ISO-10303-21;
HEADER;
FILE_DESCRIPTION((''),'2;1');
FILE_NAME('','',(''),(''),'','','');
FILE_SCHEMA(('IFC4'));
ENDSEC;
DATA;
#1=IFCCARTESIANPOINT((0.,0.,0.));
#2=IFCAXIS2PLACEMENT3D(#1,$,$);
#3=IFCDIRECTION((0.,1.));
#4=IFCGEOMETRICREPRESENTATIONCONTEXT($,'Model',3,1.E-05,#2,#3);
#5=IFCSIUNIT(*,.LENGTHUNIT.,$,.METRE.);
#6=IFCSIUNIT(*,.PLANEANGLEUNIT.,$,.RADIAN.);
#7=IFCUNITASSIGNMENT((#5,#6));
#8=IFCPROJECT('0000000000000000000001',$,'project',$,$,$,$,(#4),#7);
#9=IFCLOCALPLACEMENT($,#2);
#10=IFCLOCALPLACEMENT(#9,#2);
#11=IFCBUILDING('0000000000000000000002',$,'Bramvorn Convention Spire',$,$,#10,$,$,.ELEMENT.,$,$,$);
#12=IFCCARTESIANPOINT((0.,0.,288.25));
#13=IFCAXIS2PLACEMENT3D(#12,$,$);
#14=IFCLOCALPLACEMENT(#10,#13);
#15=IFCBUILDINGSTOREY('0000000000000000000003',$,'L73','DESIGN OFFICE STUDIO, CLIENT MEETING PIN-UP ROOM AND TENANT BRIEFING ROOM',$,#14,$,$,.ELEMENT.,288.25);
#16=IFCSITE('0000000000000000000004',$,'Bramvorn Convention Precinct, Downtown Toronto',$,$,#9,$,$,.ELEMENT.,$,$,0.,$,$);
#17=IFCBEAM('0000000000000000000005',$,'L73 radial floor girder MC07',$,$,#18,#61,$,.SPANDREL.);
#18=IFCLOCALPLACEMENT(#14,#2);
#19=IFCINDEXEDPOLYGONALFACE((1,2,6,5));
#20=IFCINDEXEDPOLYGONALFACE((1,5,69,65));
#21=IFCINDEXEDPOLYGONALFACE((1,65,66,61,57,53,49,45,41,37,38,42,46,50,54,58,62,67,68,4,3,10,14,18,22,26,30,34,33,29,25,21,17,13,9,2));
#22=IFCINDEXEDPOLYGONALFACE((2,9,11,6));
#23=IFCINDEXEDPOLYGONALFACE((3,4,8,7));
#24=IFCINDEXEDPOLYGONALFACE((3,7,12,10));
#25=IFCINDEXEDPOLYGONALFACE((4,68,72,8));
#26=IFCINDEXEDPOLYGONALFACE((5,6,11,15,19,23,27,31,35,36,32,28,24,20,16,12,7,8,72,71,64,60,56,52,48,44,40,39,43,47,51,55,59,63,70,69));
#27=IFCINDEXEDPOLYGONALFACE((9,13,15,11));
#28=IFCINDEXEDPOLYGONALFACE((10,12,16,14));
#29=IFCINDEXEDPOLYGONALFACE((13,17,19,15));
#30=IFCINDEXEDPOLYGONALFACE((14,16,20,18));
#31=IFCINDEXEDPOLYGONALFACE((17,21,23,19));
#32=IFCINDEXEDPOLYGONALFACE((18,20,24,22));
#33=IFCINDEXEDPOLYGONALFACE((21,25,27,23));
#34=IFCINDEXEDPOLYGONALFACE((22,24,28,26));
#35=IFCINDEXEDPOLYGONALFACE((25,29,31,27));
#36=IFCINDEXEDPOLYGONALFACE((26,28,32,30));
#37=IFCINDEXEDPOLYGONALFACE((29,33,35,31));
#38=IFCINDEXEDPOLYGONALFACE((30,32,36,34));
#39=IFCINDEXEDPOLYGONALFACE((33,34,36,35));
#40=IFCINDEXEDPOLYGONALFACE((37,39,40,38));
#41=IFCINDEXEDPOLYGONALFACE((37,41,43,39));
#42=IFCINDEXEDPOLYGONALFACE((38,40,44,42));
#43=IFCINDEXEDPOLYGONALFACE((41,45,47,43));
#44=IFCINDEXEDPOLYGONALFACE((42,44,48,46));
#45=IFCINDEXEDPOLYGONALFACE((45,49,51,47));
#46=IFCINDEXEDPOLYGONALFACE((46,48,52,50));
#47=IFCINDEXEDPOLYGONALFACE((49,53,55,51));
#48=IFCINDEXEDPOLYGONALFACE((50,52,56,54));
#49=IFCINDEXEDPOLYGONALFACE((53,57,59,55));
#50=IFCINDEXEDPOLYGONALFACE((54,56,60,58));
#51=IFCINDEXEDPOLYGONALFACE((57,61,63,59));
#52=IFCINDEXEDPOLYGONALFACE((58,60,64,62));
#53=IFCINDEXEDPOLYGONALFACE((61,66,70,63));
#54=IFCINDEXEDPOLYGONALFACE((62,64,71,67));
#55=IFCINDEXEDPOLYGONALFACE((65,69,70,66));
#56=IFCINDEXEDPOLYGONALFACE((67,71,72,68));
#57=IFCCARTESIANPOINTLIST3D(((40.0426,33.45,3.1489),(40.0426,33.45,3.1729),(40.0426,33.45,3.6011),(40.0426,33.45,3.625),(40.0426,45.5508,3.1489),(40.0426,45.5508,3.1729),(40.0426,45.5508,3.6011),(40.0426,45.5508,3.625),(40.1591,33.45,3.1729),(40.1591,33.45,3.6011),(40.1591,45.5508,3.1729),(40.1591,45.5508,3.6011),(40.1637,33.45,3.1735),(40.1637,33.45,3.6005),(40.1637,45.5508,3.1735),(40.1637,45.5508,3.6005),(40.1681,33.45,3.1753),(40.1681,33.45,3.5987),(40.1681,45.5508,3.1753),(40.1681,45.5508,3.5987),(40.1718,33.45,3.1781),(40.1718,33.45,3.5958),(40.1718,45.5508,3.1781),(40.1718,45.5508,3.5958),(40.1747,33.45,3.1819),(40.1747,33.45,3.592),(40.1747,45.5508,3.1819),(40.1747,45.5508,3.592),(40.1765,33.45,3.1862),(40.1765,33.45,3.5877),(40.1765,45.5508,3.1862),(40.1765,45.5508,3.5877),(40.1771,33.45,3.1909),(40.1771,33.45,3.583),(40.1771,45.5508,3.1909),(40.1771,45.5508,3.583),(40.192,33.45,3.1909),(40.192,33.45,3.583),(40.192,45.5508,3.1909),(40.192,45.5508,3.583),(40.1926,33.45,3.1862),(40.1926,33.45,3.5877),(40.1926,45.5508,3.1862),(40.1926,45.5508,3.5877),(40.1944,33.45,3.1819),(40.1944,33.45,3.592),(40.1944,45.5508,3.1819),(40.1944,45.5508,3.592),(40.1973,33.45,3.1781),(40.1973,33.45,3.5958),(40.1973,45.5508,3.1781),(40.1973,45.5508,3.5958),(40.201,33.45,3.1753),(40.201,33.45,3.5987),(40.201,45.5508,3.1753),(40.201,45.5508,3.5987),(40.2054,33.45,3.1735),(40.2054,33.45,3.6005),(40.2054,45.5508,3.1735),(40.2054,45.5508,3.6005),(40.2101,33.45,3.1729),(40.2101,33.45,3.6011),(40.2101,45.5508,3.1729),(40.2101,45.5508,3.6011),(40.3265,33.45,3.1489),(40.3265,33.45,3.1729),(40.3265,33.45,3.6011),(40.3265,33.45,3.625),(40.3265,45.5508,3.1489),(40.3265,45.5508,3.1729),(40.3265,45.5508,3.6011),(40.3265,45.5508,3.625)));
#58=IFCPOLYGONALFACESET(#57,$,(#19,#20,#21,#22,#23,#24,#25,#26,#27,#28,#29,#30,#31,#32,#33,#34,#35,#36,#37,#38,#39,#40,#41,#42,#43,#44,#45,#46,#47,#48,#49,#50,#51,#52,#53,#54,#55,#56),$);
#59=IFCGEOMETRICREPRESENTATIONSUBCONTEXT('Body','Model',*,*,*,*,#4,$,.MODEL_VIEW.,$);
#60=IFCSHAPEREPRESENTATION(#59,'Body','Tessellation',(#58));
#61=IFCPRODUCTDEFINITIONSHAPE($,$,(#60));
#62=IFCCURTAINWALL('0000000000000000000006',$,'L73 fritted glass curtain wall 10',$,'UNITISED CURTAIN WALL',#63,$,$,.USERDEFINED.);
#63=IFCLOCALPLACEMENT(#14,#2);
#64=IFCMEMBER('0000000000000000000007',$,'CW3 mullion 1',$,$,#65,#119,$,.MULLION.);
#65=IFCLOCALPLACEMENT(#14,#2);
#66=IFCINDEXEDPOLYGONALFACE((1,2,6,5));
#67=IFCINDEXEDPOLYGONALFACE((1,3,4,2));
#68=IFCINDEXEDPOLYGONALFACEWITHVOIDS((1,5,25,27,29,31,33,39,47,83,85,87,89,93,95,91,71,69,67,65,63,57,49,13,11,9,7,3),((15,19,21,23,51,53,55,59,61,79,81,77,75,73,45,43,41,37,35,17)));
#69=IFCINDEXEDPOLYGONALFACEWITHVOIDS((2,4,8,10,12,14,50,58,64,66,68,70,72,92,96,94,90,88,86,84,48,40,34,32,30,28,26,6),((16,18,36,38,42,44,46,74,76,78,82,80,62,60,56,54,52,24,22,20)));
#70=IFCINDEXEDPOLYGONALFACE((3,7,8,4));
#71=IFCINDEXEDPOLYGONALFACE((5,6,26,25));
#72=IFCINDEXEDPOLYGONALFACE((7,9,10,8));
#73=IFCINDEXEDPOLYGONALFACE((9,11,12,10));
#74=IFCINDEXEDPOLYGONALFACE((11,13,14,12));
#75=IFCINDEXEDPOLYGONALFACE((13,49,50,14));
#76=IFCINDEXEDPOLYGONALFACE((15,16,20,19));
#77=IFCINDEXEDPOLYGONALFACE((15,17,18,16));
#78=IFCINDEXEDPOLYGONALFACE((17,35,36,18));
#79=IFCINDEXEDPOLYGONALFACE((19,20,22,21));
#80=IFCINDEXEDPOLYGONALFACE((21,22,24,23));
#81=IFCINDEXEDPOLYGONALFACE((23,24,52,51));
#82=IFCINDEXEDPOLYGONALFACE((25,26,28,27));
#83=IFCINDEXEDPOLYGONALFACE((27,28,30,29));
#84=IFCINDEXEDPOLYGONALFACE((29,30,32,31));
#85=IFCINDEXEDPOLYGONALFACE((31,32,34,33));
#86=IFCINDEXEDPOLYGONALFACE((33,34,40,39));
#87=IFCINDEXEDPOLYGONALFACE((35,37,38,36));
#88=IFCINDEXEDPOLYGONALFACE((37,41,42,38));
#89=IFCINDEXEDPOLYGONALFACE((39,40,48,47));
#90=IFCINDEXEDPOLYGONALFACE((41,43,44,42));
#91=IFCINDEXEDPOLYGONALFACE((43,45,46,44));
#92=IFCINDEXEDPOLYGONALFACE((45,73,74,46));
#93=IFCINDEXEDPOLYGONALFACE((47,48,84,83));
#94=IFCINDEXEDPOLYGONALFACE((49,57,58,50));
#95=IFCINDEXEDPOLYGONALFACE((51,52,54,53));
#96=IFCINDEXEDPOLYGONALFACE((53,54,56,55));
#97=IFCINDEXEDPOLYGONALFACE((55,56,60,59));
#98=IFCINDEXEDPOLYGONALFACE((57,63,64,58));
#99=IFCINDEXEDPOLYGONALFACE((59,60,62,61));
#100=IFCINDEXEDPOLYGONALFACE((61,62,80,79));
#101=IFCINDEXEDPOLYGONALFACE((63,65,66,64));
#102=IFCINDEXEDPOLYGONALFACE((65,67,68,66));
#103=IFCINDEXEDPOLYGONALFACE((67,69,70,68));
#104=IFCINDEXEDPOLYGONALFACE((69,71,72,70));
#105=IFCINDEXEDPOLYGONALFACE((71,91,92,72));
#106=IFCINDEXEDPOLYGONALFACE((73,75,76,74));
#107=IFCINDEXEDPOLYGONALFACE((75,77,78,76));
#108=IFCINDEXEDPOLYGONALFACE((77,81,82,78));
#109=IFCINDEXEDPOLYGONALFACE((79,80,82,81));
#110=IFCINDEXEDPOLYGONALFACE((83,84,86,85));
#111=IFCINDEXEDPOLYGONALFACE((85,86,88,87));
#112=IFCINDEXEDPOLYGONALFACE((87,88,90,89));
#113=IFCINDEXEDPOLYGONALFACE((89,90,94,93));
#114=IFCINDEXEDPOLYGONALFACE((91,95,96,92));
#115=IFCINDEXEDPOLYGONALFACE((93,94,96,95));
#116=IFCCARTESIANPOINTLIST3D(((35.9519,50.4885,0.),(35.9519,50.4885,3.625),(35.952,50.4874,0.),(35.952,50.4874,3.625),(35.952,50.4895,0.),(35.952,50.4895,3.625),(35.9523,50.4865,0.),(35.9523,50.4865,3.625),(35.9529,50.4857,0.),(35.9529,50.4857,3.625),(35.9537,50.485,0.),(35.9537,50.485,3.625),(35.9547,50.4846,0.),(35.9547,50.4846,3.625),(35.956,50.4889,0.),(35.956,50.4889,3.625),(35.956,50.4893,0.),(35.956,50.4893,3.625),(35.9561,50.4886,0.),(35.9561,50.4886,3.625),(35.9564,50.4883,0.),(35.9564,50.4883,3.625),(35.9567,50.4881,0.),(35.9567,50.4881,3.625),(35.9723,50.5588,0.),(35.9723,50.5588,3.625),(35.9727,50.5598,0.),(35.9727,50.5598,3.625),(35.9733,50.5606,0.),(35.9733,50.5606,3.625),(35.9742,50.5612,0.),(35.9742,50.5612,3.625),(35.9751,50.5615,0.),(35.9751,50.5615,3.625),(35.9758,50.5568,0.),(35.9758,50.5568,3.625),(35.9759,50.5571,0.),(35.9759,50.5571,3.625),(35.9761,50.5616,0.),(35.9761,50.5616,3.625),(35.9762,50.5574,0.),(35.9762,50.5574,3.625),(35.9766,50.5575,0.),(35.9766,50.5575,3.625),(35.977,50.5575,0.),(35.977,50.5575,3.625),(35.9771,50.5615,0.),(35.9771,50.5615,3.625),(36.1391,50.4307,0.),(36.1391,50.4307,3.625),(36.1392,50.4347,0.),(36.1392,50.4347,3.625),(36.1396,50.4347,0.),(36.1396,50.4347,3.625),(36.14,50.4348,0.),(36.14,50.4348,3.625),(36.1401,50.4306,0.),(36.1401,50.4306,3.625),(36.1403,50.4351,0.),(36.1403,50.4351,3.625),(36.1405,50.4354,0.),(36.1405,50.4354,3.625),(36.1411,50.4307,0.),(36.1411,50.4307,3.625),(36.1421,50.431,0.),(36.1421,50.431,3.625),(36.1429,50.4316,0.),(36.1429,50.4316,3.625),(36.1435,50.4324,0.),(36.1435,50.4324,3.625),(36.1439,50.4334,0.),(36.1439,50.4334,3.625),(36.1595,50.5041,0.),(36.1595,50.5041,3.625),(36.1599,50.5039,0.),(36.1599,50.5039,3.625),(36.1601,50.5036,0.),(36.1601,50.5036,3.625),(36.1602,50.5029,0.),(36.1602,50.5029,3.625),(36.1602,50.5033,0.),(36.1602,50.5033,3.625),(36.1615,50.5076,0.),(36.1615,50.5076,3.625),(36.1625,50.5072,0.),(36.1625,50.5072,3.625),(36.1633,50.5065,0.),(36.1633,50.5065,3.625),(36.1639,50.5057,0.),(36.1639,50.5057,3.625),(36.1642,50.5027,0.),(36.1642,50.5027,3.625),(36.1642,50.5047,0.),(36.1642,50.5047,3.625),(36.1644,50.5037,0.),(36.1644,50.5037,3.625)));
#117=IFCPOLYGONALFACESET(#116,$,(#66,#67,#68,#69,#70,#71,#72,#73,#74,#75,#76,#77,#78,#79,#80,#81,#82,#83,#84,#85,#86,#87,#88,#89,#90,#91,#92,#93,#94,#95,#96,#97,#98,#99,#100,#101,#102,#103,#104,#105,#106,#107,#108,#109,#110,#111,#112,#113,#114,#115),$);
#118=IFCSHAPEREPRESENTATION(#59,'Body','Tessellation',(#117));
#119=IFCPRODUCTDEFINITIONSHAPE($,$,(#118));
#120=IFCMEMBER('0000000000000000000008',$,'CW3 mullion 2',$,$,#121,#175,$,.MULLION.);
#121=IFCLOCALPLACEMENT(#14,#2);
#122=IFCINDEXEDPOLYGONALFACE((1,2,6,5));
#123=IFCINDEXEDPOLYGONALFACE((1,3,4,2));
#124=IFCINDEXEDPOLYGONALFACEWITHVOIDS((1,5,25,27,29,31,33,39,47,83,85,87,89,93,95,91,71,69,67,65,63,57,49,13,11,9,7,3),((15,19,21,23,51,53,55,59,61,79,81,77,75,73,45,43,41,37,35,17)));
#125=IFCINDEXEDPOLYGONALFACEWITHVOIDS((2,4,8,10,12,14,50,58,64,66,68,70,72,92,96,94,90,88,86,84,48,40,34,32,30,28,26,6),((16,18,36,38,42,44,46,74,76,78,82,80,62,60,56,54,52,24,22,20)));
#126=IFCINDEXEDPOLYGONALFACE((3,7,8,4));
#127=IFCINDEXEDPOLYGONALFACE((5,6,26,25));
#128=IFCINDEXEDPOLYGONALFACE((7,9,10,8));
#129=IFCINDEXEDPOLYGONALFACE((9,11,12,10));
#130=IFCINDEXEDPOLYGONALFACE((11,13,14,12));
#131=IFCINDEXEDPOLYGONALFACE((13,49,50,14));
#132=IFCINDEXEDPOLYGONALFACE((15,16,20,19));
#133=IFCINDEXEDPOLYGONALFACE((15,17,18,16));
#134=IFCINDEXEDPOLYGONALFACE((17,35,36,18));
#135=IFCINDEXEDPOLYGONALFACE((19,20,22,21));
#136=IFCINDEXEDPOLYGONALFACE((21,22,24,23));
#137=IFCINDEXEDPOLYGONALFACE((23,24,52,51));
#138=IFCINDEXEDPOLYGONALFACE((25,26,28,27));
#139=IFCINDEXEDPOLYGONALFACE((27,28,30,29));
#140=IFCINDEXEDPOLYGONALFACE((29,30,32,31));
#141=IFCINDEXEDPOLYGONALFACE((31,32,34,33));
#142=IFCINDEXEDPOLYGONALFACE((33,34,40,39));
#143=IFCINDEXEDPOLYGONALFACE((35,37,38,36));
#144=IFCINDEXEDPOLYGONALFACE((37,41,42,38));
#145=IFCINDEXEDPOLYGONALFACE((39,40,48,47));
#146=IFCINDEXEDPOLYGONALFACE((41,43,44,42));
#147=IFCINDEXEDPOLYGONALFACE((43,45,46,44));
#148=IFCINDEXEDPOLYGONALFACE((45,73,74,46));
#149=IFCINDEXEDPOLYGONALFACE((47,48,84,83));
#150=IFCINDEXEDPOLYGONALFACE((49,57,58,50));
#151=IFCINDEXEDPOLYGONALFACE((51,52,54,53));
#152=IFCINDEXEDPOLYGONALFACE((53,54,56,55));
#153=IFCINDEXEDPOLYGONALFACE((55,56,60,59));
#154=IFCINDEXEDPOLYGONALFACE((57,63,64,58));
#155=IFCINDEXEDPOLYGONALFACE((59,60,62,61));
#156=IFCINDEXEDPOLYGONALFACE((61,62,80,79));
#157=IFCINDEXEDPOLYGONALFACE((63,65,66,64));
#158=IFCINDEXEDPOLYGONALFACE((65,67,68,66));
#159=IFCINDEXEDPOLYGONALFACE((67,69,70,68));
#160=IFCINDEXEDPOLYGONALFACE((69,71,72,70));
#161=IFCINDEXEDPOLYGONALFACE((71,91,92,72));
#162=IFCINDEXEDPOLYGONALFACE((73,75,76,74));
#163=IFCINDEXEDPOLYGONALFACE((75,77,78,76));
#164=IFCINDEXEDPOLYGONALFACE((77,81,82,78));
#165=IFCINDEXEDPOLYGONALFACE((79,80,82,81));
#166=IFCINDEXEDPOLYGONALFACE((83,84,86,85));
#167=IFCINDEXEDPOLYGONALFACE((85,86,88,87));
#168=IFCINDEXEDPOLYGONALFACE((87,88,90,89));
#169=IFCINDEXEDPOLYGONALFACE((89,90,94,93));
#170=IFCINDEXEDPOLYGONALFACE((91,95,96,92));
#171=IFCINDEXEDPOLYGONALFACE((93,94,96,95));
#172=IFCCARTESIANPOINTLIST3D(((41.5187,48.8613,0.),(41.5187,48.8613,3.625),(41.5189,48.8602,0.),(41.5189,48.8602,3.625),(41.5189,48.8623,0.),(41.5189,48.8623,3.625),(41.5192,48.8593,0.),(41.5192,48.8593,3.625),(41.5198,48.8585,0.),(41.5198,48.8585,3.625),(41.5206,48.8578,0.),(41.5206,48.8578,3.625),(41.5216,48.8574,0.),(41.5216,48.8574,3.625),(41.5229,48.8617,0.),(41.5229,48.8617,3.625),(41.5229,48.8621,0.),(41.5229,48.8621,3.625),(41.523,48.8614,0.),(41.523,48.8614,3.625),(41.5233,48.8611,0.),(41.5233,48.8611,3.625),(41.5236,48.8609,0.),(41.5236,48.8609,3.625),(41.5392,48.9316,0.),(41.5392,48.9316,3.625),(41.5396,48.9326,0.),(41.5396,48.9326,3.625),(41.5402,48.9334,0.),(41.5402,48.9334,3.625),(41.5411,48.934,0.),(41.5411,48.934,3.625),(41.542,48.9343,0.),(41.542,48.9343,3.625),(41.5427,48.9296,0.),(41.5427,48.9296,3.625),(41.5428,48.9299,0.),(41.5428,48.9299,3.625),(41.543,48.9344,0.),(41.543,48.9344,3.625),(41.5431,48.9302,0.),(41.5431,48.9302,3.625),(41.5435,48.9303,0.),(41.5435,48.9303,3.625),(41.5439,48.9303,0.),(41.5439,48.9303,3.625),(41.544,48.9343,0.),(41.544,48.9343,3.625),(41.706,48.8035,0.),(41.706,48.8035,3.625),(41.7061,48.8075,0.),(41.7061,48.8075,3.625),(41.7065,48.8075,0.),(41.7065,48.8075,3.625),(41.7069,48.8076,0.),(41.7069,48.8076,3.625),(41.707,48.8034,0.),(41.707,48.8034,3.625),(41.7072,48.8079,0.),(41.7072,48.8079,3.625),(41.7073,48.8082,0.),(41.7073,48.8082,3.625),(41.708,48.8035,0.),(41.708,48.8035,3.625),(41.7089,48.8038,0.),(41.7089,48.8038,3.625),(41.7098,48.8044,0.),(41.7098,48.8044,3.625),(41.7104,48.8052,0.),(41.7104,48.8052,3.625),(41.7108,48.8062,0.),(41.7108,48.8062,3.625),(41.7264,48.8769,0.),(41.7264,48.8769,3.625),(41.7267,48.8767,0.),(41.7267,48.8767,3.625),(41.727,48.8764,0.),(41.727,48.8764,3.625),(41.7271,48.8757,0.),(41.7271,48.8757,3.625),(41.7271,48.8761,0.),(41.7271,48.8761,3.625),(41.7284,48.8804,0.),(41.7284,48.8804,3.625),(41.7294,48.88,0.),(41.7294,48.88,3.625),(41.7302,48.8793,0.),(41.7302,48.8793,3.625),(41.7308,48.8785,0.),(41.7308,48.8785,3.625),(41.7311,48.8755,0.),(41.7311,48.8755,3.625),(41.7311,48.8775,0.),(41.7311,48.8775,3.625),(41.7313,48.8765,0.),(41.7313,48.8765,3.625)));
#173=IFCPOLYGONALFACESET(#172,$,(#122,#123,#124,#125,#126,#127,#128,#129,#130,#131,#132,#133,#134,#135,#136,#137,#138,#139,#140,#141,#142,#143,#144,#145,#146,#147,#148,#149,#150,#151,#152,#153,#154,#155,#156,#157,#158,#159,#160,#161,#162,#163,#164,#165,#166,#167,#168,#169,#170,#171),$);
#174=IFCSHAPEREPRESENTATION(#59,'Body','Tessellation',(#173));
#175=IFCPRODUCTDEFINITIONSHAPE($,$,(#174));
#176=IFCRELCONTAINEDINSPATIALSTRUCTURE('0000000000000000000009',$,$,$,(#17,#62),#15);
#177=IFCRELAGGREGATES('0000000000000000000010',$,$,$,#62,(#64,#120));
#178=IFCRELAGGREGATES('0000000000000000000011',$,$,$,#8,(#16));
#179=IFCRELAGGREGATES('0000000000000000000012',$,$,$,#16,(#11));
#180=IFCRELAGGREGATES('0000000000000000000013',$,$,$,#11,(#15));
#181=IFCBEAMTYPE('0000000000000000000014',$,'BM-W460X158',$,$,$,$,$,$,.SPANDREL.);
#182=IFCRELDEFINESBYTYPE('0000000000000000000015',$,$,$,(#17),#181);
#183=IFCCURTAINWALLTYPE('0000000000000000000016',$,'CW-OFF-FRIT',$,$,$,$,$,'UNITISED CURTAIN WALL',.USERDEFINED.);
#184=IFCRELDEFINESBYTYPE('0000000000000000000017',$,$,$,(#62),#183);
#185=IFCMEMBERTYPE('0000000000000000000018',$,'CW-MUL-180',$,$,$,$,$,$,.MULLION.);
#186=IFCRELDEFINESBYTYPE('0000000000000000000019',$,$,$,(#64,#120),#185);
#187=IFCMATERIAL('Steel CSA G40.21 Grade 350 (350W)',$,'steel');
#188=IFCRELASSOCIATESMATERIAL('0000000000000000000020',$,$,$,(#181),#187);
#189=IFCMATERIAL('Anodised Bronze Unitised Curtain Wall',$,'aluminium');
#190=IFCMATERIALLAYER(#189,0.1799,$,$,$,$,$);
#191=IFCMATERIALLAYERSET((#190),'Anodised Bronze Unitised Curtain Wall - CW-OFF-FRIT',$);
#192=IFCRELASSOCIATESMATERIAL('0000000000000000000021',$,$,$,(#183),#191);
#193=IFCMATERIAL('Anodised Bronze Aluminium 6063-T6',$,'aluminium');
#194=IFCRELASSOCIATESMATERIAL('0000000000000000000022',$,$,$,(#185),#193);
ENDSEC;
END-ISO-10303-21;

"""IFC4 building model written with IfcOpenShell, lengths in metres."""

from ifc_helpers import new_model, si_unit, direction, frame, origin, origin_2d, place, context, subcontext, project, spatial, hollow_rectangle, i_section, extrude, material, layer, layer_set, material_profile, profile_set, type_object, element, aggregate, save


model = new_model("IFC4")

# Units and contexts
model_context = context("Model", 3, precision=1e-05, world=origin(), true_north=direction((0.0, 1.0)))
body_context = subcontext(model_context, "Body", "Model", "MODEL_VIEW")
ifc_project = project(units=[si_unit("LENGTHUNIT", "METRE"), si_unit("PLANEANGLEUNIT", "RADIAN")], contexts=[model_context])

# Site, building, storey
site_placement = place(None, origin())
site = spatial("IfcSite", under=ifc_project, at=site_placement, Name="Bramvorn Convention Precinct, Downtown Toronto", CompositionType="ELEMENT", RefElevation=0.0)
building_placement = place(site_placement, origin())
building = spatial("IfcBuilding", under=site, at=building_placement, Name="Bramvorn Convention Spire", CompositionType="ELEMENT")
storey_placement = place(building_placement, frame((0.0, 0.0, 288.25)))
storey = spatial("IfcBuildingStorey", under=building, at=storey_placement, Name="L73", Description="DESIGN OFFICE STUDIO, CLIENT MEETING PIN-UP ROOM AND TENANT BRIEFING ROOM", CompositionType="ELEMENT", Elevation=288.25)

# Shared definitions
ifc_material_1 = material(Name="Steel CSA G40.21 Grade 350 (350W)", Category="steel")

# Beam
ifc_material_profile_1 = material_profile(ifc_material_1, i_section(OverallWidth=0.2839, OverallDepth=0.4761, WebThickness=0.0149, FlangeThickness=0.0239, FilletRadius=0.0181, at=origin_2d()))
ifc_profile_set_1 = profile_set([ifc_material_profile_1], Name="Steel CSA G40.21 Grade 350 (350W) - W460X158")
beam_type_1 = type_object("IfcBeamType", Name="BM-W460X158", PredefinedType="SPANDREL", material=ifc_profile_set_1)
beam_1_placement = place(storey_placement, frame((40.1846, 33.45, 3.387), z_axis=(0.0, 1.0, 0.0), x_axis=(-1.0, 0.0, 0.0)))
element("IfcBeam", 1, at=beam_1_placement, inside=storey, type_object=beam_type_1, Name="L73 radial floor girder MC07", PredefinedType="SPANDREL", context=body_context, shape_type="SweptSolid", body=[
    extrude(i_section(OverallWidth=0.2839, OverallDepth=0.4761, WebThickness=0.0149, FlangeThickness=0.0239, FilletRadius=0.0181, at=origin_2d()), origin(), (0.0, 0.0, 1.0), 12.1008),
])

# Curtain wall, members
ifc_material_2 = material(Name="Anodised Bronze Unitised Curtain Wall", Category="aluminium")
ifc_layer_1 = layer(ifc_material_2, 0.1799)
ifc_layer_set_1 = layer_set([ifc_layer_1], Name="Anodised Bronze Unitised Curtain Wall - CW-OFF-FRIT")
curtain_wall_type = type_object("IfcCurtainWallType", Name="CW-OFF-FRIT", ElementType="UNITISED CURTAIN WALL", PredefinedType="USERDEFINED", material=ifc_layer_set_1)
curtain_wall_1_placement = place(storey_placement, origin())
curtain_wall_1 = element("IfcCurtainWall", 2, at=curtain_wall_1_placement, inside=storey, type_object=curtain_wall_type, Name="L73 fritted glass curtain wall 10", ObjectType="UNITISED CURTAIN WALL", PredefinedType="USERDEFINED")
ifc_material_3 = material(Name="Anodised Bronze Aluminium 6063-T6", Category="aluminium")
ifc_material_profile_2 = material_profile(ifc_material_3, hollow_rectangle(XDim=0.0801, YDim=0.2, WallThickness=0.0039, InnerFilletRadius=0.001, OuterFilletRadius=0.0039, at=origin_2d()))
ifc_profile_set_2 = profile_set([ifc_material_profile_2], Name="Anodised Bronze Aluminium 6063-T6 - CWM80X200")
member_type_1 = type_object("IfcMemberType", Name="CW-MUL-180", PredefinedType="MULLION", material=ifc_profile_set_2)
member_1_placement = place(storey_placement, frame((36.0581, 50.4961, 0.0), z_axis=(0.0, 0.0, 1.0), x_axis=(0.280565, 0.959835, 0.0)))
member_1 = element("IfcMember", 3, at=member_1_placement, type_object=member_type_1, Name="CW3 mullion 1", PredefinedType="MULLION", context=body_context, shape_type="SweptSolid", body=[
    extrude(hollow_rectangle(XDim=0.0801, YDim=0.2, WallThickness=0.0039, InnerFilletRadius=0.001, OuterFilletRadius=0.0039, at=origin_2d()), origin(), (0.0, 0.0, 1.0), 3.625),
])
member_2_placement = place(storey_placement, frame((41.625, 48.8689, 0.0), z_axis=(0.0, 0.0, 1.0), x_axis=(0.280565, 0.959835, 0.0)))
member_2 = element("IfcMember", 4, at=member_2_placement, type_object=member_type_1, Name="CW3 mullion 2", PredefinedType="MULLION", context=body_context, shape_type="SweptSolid", body=[
    extrude(hollow_rectangle(XDim=0.0801, YDim=0.2, WallThickness=0.0039, InnerFilletRadius=0.001, OuterFilletRadius=0.0039, at=origin_2d()), origin(), (0.0, 0.0, 1.0), 3.625),
])

aggregate(curtain_wall_1, [member_1, member_2])

save(model, "model.ifc")
